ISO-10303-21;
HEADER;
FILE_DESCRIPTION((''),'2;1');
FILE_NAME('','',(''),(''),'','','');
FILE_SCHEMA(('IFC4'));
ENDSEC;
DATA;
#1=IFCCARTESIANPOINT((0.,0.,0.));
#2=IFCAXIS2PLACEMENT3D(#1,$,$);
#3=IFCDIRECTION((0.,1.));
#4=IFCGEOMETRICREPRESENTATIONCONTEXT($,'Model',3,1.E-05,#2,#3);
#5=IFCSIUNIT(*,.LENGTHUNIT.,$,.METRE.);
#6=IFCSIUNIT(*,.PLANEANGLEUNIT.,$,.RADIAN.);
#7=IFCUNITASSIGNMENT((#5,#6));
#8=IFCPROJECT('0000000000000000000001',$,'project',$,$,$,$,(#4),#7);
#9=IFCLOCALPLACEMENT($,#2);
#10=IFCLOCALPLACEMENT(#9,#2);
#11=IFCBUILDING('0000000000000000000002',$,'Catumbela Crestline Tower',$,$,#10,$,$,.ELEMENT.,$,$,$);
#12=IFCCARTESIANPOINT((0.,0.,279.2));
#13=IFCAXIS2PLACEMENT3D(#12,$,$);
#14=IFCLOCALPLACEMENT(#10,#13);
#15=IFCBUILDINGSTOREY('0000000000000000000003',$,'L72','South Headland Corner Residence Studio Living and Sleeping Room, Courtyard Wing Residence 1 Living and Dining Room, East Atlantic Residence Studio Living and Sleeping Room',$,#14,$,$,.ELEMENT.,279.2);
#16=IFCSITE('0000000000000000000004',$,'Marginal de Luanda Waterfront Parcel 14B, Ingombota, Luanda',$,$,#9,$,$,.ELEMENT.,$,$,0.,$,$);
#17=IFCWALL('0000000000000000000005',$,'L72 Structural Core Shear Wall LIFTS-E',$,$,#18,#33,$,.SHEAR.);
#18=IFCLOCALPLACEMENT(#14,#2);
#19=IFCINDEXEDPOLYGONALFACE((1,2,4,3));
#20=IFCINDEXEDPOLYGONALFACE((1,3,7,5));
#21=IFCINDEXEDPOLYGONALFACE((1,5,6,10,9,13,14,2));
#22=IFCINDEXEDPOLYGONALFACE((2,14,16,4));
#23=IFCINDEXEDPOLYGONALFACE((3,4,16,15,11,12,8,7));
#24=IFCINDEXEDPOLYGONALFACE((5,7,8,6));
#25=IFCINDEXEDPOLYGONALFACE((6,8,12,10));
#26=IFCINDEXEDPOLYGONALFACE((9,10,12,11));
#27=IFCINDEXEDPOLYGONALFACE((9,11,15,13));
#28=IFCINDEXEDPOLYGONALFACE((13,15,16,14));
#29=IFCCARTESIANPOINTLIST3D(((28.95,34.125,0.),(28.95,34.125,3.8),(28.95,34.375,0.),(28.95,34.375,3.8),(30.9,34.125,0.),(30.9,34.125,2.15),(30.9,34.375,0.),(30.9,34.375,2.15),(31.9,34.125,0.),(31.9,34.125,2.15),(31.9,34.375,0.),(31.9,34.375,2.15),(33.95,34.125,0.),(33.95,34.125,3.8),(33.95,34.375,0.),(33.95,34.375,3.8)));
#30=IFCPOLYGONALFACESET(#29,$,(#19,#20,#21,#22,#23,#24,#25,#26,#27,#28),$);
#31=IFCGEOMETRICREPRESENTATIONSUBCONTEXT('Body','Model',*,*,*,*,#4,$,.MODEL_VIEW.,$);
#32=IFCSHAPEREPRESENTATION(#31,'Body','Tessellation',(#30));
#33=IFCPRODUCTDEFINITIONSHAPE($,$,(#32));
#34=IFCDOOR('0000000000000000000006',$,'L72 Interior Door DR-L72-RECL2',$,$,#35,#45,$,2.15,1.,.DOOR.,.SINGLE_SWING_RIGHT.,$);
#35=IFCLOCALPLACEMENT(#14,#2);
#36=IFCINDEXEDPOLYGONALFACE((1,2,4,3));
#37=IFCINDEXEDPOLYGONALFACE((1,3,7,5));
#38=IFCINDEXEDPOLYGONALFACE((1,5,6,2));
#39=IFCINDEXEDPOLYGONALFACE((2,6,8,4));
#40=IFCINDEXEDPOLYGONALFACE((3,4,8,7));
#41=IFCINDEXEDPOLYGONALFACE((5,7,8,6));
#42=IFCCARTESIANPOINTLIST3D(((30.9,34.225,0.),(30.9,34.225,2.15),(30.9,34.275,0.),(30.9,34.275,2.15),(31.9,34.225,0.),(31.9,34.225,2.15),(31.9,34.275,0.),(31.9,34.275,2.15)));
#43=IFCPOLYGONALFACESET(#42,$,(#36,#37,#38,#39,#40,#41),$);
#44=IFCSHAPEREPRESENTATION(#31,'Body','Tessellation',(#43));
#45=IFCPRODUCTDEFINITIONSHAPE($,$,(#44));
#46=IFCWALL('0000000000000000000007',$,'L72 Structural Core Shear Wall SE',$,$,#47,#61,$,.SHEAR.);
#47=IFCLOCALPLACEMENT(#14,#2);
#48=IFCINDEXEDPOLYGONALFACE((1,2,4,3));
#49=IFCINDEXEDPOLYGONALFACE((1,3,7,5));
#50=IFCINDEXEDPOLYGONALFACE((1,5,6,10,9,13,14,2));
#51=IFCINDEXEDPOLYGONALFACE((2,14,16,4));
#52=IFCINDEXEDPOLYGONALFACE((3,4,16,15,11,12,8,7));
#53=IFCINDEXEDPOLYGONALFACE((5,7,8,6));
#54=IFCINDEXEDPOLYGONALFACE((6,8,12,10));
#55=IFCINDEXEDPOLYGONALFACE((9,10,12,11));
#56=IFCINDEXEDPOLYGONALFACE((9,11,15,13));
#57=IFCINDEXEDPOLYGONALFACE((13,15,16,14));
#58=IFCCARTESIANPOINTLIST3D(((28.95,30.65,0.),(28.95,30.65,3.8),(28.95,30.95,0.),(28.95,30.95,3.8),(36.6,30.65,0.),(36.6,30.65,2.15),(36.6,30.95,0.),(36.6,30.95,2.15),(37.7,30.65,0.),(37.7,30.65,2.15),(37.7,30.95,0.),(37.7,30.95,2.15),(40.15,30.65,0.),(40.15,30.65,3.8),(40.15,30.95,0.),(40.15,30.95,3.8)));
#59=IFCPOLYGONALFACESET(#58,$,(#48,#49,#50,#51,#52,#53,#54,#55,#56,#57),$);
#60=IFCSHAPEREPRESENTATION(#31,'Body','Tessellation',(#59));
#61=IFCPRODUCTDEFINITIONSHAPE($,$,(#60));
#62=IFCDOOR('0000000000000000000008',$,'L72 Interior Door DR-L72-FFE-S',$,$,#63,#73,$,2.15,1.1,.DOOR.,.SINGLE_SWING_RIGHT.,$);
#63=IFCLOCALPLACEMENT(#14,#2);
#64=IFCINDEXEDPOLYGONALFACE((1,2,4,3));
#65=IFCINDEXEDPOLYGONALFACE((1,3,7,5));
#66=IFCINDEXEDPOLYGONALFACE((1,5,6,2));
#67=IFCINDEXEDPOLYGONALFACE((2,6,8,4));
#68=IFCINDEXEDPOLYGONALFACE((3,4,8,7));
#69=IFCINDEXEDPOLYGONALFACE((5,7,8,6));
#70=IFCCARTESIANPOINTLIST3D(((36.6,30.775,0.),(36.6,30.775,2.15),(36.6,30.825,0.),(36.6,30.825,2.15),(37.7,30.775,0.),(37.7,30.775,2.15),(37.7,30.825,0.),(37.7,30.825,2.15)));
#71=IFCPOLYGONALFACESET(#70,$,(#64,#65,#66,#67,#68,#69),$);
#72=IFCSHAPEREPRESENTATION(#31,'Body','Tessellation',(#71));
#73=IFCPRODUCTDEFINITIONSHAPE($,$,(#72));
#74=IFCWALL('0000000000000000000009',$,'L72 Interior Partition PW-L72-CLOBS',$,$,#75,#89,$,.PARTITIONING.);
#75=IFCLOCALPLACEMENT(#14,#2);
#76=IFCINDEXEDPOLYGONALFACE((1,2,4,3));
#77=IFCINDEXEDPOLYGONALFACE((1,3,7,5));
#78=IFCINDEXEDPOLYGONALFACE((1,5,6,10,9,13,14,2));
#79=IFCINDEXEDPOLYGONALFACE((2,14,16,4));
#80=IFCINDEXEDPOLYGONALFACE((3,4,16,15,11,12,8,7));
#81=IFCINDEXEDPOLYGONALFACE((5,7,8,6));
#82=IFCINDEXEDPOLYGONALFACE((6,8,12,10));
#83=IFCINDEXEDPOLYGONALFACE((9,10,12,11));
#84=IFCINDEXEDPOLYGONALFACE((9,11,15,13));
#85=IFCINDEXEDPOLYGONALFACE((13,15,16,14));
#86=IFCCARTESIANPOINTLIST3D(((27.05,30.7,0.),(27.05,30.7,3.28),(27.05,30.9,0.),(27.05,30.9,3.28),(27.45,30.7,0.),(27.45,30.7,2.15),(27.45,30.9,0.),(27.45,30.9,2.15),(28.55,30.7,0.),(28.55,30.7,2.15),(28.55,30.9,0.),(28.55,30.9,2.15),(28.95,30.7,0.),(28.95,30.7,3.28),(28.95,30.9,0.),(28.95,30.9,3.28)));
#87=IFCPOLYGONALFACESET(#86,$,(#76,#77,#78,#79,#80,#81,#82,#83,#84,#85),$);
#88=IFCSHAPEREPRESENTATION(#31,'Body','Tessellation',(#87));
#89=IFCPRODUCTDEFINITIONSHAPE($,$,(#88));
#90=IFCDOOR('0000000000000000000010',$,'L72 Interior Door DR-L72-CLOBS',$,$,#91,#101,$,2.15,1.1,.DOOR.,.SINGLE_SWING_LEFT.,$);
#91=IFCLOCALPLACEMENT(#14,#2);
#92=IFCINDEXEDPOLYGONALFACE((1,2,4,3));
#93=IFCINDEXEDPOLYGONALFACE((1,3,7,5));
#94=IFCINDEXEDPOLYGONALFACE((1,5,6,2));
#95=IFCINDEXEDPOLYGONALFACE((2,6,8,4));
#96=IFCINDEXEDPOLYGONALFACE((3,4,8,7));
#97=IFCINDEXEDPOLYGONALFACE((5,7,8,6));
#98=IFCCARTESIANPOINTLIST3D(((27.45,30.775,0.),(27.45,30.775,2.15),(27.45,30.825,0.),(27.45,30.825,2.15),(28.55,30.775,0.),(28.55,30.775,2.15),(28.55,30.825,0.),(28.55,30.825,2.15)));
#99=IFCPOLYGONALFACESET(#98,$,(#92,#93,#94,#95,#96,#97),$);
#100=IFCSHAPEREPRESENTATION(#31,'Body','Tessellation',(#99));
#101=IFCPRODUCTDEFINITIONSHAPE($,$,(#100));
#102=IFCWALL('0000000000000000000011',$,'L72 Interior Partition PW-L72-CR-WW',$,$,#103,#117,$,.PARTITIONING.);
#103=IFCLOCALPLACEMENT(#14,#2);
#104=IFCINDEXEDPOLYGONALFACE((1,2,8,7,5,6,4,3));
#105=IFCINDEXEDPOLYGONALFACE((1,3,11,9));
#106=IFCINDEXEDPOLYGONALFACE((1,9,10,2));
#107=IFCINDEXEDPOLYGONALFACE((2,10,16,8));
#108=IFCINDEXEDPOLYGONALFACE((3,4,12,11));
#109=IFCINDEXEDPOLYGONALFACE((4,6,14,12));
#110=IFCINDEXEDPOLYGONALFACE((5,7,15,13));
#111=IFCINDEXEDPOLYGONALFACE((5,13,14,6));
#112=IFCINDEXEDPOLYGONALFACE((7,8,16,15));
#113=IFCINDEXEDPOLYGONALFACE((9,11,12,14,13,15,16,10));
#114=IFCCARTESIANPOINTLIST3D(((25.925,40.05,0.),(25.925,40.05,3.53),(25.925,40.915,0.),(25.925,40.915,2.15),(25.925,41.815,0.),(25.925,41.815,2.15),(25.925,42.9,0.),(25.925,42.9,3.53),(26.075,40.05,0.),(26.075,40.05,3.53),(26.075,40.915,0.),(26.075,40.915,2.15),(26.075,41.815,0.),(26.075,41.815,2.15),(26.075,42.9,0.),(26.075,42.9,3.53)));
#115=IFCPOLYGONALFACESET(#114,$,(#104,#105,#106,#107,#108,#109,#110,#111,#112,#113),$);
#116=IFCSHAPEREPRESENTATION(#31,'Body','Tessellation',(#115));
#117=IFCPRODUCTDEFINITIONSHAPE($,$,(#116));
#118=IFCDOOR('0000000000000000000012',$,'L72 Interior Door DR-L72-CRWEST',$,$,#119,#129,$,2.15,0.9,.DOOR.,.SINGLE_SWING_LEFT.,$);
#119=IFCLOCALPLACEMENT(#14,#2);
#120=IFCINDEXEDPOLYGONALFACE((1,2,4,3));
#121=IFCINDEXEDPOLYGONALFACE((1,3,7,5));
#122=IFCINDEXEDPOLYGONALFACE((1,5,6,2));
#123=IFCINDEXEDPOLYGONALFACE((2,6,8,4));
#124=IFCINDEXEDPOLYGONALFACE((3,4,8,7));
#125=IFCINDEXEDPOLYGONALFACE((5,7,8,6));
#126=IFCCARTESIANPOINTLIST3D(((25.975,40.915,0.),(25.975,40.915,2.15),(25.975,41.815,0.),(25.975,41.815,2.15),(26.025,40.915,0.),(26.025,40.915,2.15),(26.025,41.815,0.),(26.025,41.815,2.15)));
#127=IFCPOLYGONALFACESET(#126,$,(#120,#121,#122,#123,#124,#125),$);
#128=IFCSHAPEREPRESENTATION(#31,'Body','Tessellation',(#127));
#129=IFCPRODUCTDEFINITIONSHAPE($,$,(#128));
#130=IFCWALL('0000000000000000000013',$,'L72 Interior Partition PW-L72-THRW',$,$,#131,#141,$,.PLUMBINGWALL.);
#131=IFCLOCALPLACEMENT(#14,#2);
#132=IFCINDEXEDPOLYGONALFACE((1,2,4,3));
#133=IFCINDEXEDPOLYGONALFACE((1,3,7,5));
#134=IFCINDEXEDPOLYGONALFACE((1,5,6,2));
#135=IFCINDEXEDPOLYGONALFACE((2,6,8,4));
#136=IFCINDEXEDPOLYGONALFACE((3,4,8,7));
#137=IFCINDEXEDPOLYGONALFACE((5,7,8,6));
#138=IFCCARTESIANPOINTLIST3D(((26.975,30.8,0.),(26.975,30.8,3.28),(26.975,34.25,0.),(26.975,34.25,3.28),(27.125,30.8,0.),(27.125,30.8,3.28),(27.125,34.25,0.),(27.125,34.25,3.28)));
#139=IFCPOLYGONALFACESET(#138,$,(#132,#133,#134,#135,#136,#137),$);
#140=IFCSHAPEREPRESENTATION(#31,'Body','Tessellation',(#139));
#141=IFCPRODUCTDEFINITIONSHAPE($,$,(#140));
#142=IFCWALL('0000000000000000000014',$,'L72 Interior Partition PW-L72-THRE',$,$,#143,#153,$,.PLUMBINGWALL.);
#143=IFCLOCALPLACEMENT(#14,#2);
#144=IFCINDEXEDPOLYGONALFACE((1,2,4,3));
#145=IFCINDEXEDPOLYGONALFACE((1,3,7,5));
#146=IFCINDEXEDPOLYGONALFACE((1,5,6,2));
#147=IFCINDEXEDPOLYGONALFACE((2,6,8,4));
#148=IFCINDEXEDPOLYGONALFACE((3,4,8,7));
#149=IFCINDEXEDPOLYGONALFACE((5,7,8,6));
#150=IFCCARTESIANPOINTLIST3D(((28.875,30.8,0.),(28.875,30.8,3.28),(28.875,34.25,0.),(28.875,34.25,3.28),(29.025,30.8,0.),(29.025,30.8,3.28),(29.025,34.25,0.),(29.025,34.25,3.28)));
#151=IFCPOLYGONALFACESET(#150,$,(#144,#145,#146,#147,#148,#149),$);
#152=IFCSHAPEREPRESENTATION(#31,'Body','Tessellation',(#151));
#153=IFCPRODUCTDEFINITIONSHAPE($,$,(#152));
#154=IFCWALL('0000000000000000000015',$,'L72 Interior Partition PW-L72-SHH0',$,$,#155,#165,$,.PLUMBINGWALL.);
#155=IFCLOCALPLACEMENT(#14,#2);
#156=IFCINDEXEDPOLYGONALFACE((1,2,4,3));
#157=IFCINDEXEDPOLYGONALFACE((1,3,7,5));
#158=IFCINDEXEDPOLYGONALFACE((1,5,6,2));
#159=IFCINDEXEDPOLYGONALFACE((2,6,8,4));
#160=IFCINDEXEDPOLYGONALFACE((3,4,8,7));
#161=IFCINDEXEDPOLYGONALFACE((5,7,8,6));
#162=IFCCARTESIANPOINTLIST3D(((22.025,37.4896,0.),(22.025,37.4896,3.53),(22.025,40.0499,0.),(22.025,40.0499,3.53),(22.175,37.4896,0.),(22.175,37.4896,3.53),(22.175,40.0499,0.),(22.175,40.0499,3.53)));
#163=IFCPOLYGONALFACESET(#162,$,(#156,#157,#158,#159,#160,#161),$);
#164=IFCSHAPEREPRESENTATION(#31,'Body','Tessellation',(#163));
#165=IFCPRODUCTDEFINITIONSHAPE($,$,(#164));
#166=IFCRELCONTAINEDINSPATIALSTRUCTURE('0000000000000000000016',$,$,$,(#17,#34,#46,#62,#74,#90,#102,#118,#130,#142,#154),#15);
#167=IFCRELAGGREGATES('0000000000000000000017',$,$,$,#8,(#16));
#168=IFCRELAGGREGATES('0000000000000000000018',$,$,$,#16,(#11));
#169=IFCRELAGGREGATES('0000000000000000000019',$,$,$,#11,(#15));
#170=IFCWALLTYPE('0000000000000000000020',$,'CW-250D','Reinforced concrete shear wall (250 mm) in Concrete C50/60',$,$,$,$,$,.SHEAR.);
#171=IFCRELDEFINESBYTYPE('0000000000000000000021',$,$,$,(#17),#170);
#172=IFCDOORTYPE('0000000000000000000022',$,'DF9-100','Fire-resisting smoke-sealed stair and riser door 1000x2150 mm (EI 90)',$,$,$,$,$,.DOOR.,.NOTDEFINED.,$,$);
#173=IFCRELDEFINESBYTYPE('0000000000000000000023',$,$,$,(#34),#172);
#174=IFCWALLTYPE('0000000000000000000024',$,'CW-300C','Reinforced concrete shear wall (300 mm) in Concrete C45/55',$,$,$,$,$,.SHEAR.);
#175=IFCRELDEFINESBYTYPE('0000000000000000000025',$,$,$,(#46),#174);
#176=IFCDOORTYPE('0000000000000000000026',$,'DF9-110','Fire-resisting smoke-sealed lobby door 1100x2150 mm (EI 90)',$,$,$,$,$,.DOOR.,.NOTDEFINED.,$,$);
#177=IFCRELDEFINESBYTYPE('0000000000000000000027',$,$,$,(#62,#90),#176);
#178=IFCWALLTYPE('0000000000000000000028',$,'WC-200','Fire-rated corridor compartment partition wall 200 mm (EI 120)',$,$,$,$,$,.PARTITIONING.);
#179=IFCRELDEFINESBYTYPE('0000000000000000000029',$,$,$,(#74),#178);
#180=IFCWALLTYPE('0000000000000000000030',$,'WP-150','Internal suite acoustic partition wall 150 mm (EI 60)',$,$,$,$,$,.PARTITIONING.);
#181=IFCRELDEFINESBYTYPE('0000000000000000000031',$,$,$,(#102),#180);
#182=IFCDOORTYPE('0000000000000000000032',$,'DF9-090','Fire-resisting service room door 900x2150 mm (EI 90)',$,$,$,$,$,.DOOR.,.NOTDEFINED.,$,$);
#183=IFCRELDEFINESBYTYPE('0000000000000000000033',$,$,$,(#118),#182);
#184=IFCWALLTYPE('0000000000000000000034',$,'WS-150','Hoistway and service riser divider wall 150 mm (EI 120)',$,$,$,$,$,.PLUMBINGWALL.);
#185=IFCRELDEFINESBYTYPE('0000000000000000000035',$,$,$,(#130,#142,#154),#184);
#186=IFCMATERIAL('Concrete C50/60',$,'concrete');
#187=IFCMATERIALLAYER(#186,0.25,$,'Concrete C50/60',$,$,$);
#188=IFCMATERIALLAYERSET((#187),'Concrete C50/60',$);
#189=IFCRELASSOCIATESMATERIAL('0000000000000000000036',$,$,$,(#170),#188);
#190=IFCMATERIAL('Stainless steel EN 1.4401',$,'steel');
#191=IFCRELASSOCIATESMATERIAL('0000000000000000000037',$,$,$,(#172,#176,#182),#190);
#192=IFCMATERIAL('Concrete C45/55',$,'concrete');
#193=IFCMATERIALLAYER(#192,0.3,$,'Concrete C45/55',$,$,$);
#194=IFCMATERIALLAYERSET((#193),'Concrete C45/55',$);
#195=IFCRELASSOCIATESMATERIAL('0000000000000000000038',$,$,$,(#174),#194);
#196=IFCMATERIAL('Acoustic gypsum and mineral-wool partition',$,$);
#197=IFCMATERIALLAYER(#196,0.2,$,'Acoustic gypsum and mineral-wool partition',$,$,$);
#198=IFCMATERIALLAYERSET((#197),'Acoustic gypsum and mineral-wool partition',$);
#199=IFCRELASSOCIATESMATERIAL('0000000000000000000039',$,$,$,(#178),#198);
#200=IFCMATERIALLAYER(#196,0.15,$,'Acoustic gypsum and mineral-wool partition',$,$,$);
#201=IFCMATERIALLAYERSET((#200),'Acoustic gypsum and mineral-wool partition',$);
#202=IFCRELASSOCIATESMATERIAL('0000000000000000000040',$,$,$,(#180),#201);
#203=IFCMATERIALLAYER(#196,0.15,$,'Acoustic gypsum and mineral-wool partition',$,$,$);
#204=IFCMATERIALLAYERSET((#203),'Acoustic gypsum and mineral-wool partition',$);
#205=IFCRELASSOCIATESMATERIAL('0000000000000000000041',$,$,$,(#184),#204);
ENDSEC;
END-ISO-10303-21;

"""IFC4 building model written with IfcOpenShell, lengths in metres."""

from ifc_helpers import new_model, si_unit, direction, frame, frame_2d, origin, place, context, subcontext, project, spatial, rectangle, extrude, material, layer, layer_set, type_object, element, fill, save


model = new_model("IFC4")

# Units and contexts
model_context = context("Model", 3, precision=1e-05, world=origin(), true_north=direction((0.0, 1.0)))
body_context = subcontext(model_context, "Body", "Model", "MODEL_VIEW")
ifc_project = project(units=[si_unit("LENGTHUNIT", "METRE"), si_unit("PLANEANGLEUNIT", "RADIAN")], contexts=[model_context])

# Site, building, storey
site_placement = place(None, origin())
site = spatial("IfcSite", under=ifc_project, at=site_placement, Name="Marginal de Luanda Waterfront Parcel 14B, Ingombota, Luanda", CompositionType="ELEMENT", RefElevation=0.0)
building_placement = place(site_placement, origin())
building = spatial("IfcBuilding", under=site, at=building_placement, Name="Catumbela Crestline Tower", CompositionType="ELEMENT")
storey_placement = place(building_placement, frame((0.0, 0.0, 279.2)))
storey = spatial("IfcBuildingStorey", under=building, at=storey_placement, Name="L72", Description="South Headland Corner Residence Studio Living and Sleeping Room, Courtyard Wing Residence 1 Living and Dining Room, East Atlantic Residence Studio Living and Sleeping Room", CompositionType="ELEMENT", Elevation=279.2)

# Walls, openings, doors
ifc_material_1 = material(Name="Concrete C50/60", Category="concrete")
ifc_layer_1 = layer(ifc_material_1, 0.25, Name="Concrete C50/60")
ifc_layer_set_1 = layer_set([ifc_layer_1], Name="Concrete C50/60")
wall_type_1 = type_object("IfcWallType", Name="CW-250D", Description="Reinforced concrete shear wall (250 mm) in Concrete C50/60", PredefinedType="SHEAR", material=ifc_layer_set_1)
wall_1_placement = place(storey_placement, frame((28.95, 34.25, 0.0), z_axis=(0.0, 0.0, 1.0), x_axis=(1.0, 0.0, 0.0)))
wall_1 = element("IfcWall", 1, at=wall_1_placement, inside=storey, type_object=wall_type_1, Name="L72 Structural Core Shear Wall LIFTS-E", PredefinedType="SHEAR", context=body_context, shape_type="SweptSolid", body=[
    extrude(rectangle(XDim=5.0, YDim=0.25, at=frame_2d((2.5, 0.0))), origin(), (0.0, 0.0, 1.0), 3.8),
])
opening_1_placement = place(wall_1_placement, frame((1.95, 0.0, 0.0)))
opening_1 = element("IfcOpeningElement", 2, at=opening_1_placement, cuts=wall_1, PredefinedType="OPENING", context=body_context, shape_type="SweptSolid", body=[
    extrude(rectangle(XDim=1.0, YDim=2.15, at=frame_2d((0.5, 1.075))), frame((0.0, 0.135, 0.0), z_axis=(0.0, -1.0, 0.0), x_axis=(1.0, 0.0, 0.0)), (0.0, 0.0, 1.0), 0.27),
])
ifc_material_2 = material(Name="Stainless steel EN 1.4401", Category="steel")
door_type_1 = type_object("IfcDoorType", Name="DF9-100", Description="Fire-resisting smoke-sealed stair and riser door 1000x2150 mm (EI 90)", OperationType="NOTDEFINED", PredefinedType="DOOR", material=ifc_material_2)
door_1_placement = place(opening_1_placement, origin())
door_1 = element("IfcDoor", 3, at=door_1_placement, inside=storey, type_object=door_type_1, Name="L72 Interior Door DR-L72-RECL2", OperationType="SINGLE_SWING_RIGHT", OverallHeight=2.15, OverallWidth=1.0, PredefinedType="DOOR", context=body_context, shape_type="SweptSolid", body=[
    extrude(rectangle(XDim=1.0, YDim=2.15, at=frame_2d((0.5, 1.075))), frame((0.0, 0.025, 0.0), z_axis=(0.0, -1.0, 0.0), x_axis=(1.0, 0.0, 0.0)), (0.0, 0.0, 1.0), 0.05),
])
fill(opening_1, door_1)
ifc_material_3 = material(Name="Concrete C45/55", Category="concrete")
ifc_layer_2 = layer(ifc_material_3, 0.3, Name="Concrete C45/55")
ifc_layer_set_2 = layer_set([ifc_layer_2], Name="Concrete C45/55")
wall_type_2 = type_object("IfcWallType", Name="CW-300C", Description="Reinforced concrete shear wall (300 mm) in Concrete C45/55", PredefinedType="SHEAR", material=ifc_layer_set_2)
wall_2_placement = place(storey_placement, frame((28.95, 30.8, 0.0), z_axis=(0.0, 0.0, 1.0), x_axis=(1.0, 0.0, 0.0)))
wall_2 = element("IfcWall", 4, at=wall_2_placement, inside=storey, type_object=wall_type_2, Name="L72 Structural Core Shear Wall SE", PredefinedType="SHEAR", context=body_context, shape_type="SweptSolid", body=[
    extrude(rectangle(XDim=11.2, YDim=0.3, at=frame_2d((5.6, 0.0))), origin(), (0.0, 0.0, 1.0), 3.8),
])
opening_2_placement = place(wall_2_placement, frame((7.65, 0.0, 0.0)))
opening_2 = element("IfcOpeningElement", 5, at=opening_2_placement, cuts=wall_2, PredefinedType="OPENING", context=body_context, shape_type="SweptSolid", body=[
    extrude(rectangle(XDim=1.1, YDim=2.15, at=frame_2d((0.55, 1.075))), frame((0.0, 0.16, 0.0), z_axis=(0.0, -1.0, 0.0), x_axis=(1.0, 0.0, 0.0)), (0.0, 0.0, 1.0), 0.32),
])
door_type_2 = type_object("IfcDoorType", Name="DF9-110", Description="Fire-resisting smoke-sealed lobby door 1100x2150 mm (EI 90)", OperationType="NOTDEFINED", PredefinedType="DOOR", material=ifc_material_2)
door_2_placement = place(opening_2_placement, origin())
door_2 = element("IfcDoor", 6, at=door_2_placement, inside=storey, type_object=door_type_2, Name="L72 Interior Door DR-L72-FFE-S", OperationType="SINGLE_SWING_RIGHT", OverallHeight=2.15, OverallWidth=1.1, PredefinedType="DOOR", context=body_context, shape_type="SweptSolid", body=[
    extrude(rectangle(XDim=1.1, YDim=2.15, at=frame_2d((0.55, 1.075))), frame((0.0, 0.025, 0.0), z_axis=(0.0, -1.0, 0.0), x_axis=(1.0, 0.0, 0.0)), (0.0, 0.0, 1.0), 0.05),
])
fill(opening_2, door_2)
ifc_material_4 = material(Name="Acoustic gypsum and mineral-wool partition")
ifc_layer_3 = layer(ifc_material_4, 0.2, Name="Acoustic gypsum and mineral-wool partition")
ifc_layer_set_3 = layer_set([ifc_layer_3], Name="Acoustic gypsum and mineral-wool partition")
wall_type_3 = type_object("IfcWallType", Name="WC-200", Description="Fire-rated corridor compartment partition wall 200 mm (EI 120)", PredefinedType="PARTITIONING", material=ifc_layer_set_3)
wall_3_placement = place(storey_placement, frame((27.05, 30.8, 0.0), z_axis=(0.0, 0.0, 1.0), x_axis=(1.0, 0.0, 0.0)))
wall_3 = element("IfcWall", 7, at=wall_3_placement, inside=storey, type_object=wall_type_3, Name="L72 Interior Partition PW-L72-CLOBS", PredefinedType="PARTITIONING", context=body_context, shape_type="SweptSolid", body=[
    extrude(rectangle(XDim=1.9, YDim=0.2, at=frame_2d((0.95, 0.0))), origin(), (0.0, 0.0, 1.0), 3.28),
])
opening_3_placement = place(wall_3_placement, frame((0.4, 0.0, 0.0)))
opening_3 = element("IfcOpeningElement", 8, at=opening_3_placement, cuts=wall_3, PredefinedType="OPENING", context=body_context, shape_type="SweptSolid", body=[
    extrude(rectangle(XDim=1.1, YDim=2.15, at=frame_2d((0.55, 1.075))), frame((0.0, 0.11, 0.0), z_axis=(0.0, -1.0, 0.0), x_axis=(1.0, 0.0, 0.0)), (0.0, 0.0, 1.0), 0.22),
])
door_3_placement = place(opening_3_placement, origin())
door_3 = element("IfcDoor", 9, at=door_3_placement, inside=storey, type_object=door_type_2, Name="L72 Interior Door DR-L72-CLOBS", OperationType="SINGLE_SWING_LEFT", OverallHeight=2.15, OverallWidth=1.1, PredefinedType="DOOR", context=body_context, shape_type="SweptSolid", body=[
    extrude(rectangle(XDim=1.1, YDim=2.15, at=frame_2d((0.55, 1.075))), frame((0.0, 0.025, 0.0), z_axis=(0.0, -1.0, 0.0), x_axis=(1.0, 0.0, 0.0)), (0.0, 0.0, 1.0), 0.05),
])
fill(opening_3, door_3)
ifc_layer_4 = layer(ifc_material_4, 0.15, Name="Acoustic gypsum and mineral-wool partition")
ifc_layer_set_4 = layer_set([ifc_layer_4], Name="Acoustic gypsum and mineral-wool partition")
wall_type_4 = type_object("IfcWallType", Name="WP-150", Description="Internal suite acoustic partition wall 150 mm (EI 60)", PredefinedType="PARTITIONING", material=ifc_layer_set_4)
wall_4_placement = place(storey_placement, frame((26.0, 40.05, 0.0), z_axis=(0.0, 0.0, 1.0), x_axis=(0.0, 1.0, 0.0)))
wall_4 = element("IfcWall", 10, at=wall_4_placement, inside=storey, type_object=wall_type_4, Name="L72 Interior Partition PW-L72-CR-WW", PredefinedType="PARTITIONING", context=body_context, shape_type="SweptSolid", body=[
    extrude(rectangle(XDim=2.85, YDim=0.15, at=frame_2d((1.425, 0.0))), origin(), (0.0, 0.0, 1.0), 3.53),
])
opening_4_placement = place(wall_4_placement, frame((0.865, 0.0, 0.0)))
opening_4 = element("IfcOpeningElement", 11, at=opening_4_placement, cuts=wall_4, PredefinedType="OPENING", context=body_context, shape_type="SweptSolid", body=[
    extrude(rectangle(XDim=0.9, YDim=2.15, at=frame_2d((0.45, 1.075))), frame((0.0, 0.085, 0.0), z_axis=(0.0, -1.0, 0.0), x_axis=(1.0, 0.0, 0.0)), (0.0, 0.0, 1.0), 0.17),
])
door_type_3 = type_object("IfcDoorType", Name="DF9-090", Description="Fire-resisting service room door 900x2150 mm (EI 90)", OperationType="NOTDEFINED", PredefinedType="DOOR", material=ifc_material_2)
door_4_placement = place(opening_4_placement, origin())
door_4 = element("IfcDoor", 12, at=door_4_placement, inside=storey, type_object=door_type_3, Name="L72 Interior Door DR-L72-CRWEST", OperationType="SINGLE_SWING_LEFT", OverallHeight=2.15, OverallWidth=0.9, PredefinedType="DOOR", context=body_context, shape_type="SweptSolid", body=[
    extrude(rectangle(XDim=0.9, YDim=2.15, at=frame_2d((0.45, 1.075))), frame((0.0, 0.025, 0.0), z_axis=(0.0, -1.0, 0.0), x_axis=(1.0, 0.0, 0.0)), (0.0, 0.0, 1.0), 0.05),
])
fill(opening_4, door_4)

# Walls
ifc_layer_5 = layer(ifc_material_4, 0.15, Name="Acoustic gypsum and mineral-wool partition")
ifc_layer_set_5 = layer_set([ifc_layer_5], Name="Acoustic gypsum and mineral-wool partition")
wall_type_5 = type_object("IfcWallType", Name="WS-150", Description="Hoistway and service riser divider wall 150 mm (EI 120)", PredefinedType="PLUMBINGWALL", material=ifc_layer_set_5)
for number, where, z_axis, x_axis, name in (
    (13, (27.05, 30.8, 0.0), (0.0, 0.0, 1.0), (0.0, 1.0, 0.0), "L72 Interior Partition PW-L72-THRW"),
    (14, (28.95, 30.8, 0.0), (0.0, 0.0, 1.0), (0.0, 1.0, 0.0), "L72 Interior Partition PW-L72-THRE"),
):
    element("IfcWall", number, at=place(storey_placement, frame(where, z_axis=z_axis, x_axis=x_axis)), inside=storey, type_object=wall_type_5, Name=name, PredefinedType="PLUMBINGWALL", context=body_context, shape_type="SweptSolid", body=[
        extrude(rectangle(XDim=3.45, YDim=0.15, at=frame_2d((1.725, 0.0))), origin(), (0.0, 0.0, 1.0), 3.28),
    ])
wall_5_placement = place(storey_placement, frame((22.1, 37.4897, 0.0), z_axis=(0.0, 0.0, 1.0), x_axis=(0.0, 1.0, 0.0)))
element("IfcWall", 15, at=wall_5_placement, inside=storey, type_object=wall_type_5, Name="L72 Interior Partition PW-L72-SHH0", PredefinedType="PLUMBINGWALL", context=body_context, shape_type="SweptSolid", body=[
    extrude(rectangle(XDim=2.5603, YDim=0.15, at=frame_2d((1.2801, 0.0))), origin(), (0.0, 0.0, 1.0), 3.53),
])

save(model, "model.ifc")
